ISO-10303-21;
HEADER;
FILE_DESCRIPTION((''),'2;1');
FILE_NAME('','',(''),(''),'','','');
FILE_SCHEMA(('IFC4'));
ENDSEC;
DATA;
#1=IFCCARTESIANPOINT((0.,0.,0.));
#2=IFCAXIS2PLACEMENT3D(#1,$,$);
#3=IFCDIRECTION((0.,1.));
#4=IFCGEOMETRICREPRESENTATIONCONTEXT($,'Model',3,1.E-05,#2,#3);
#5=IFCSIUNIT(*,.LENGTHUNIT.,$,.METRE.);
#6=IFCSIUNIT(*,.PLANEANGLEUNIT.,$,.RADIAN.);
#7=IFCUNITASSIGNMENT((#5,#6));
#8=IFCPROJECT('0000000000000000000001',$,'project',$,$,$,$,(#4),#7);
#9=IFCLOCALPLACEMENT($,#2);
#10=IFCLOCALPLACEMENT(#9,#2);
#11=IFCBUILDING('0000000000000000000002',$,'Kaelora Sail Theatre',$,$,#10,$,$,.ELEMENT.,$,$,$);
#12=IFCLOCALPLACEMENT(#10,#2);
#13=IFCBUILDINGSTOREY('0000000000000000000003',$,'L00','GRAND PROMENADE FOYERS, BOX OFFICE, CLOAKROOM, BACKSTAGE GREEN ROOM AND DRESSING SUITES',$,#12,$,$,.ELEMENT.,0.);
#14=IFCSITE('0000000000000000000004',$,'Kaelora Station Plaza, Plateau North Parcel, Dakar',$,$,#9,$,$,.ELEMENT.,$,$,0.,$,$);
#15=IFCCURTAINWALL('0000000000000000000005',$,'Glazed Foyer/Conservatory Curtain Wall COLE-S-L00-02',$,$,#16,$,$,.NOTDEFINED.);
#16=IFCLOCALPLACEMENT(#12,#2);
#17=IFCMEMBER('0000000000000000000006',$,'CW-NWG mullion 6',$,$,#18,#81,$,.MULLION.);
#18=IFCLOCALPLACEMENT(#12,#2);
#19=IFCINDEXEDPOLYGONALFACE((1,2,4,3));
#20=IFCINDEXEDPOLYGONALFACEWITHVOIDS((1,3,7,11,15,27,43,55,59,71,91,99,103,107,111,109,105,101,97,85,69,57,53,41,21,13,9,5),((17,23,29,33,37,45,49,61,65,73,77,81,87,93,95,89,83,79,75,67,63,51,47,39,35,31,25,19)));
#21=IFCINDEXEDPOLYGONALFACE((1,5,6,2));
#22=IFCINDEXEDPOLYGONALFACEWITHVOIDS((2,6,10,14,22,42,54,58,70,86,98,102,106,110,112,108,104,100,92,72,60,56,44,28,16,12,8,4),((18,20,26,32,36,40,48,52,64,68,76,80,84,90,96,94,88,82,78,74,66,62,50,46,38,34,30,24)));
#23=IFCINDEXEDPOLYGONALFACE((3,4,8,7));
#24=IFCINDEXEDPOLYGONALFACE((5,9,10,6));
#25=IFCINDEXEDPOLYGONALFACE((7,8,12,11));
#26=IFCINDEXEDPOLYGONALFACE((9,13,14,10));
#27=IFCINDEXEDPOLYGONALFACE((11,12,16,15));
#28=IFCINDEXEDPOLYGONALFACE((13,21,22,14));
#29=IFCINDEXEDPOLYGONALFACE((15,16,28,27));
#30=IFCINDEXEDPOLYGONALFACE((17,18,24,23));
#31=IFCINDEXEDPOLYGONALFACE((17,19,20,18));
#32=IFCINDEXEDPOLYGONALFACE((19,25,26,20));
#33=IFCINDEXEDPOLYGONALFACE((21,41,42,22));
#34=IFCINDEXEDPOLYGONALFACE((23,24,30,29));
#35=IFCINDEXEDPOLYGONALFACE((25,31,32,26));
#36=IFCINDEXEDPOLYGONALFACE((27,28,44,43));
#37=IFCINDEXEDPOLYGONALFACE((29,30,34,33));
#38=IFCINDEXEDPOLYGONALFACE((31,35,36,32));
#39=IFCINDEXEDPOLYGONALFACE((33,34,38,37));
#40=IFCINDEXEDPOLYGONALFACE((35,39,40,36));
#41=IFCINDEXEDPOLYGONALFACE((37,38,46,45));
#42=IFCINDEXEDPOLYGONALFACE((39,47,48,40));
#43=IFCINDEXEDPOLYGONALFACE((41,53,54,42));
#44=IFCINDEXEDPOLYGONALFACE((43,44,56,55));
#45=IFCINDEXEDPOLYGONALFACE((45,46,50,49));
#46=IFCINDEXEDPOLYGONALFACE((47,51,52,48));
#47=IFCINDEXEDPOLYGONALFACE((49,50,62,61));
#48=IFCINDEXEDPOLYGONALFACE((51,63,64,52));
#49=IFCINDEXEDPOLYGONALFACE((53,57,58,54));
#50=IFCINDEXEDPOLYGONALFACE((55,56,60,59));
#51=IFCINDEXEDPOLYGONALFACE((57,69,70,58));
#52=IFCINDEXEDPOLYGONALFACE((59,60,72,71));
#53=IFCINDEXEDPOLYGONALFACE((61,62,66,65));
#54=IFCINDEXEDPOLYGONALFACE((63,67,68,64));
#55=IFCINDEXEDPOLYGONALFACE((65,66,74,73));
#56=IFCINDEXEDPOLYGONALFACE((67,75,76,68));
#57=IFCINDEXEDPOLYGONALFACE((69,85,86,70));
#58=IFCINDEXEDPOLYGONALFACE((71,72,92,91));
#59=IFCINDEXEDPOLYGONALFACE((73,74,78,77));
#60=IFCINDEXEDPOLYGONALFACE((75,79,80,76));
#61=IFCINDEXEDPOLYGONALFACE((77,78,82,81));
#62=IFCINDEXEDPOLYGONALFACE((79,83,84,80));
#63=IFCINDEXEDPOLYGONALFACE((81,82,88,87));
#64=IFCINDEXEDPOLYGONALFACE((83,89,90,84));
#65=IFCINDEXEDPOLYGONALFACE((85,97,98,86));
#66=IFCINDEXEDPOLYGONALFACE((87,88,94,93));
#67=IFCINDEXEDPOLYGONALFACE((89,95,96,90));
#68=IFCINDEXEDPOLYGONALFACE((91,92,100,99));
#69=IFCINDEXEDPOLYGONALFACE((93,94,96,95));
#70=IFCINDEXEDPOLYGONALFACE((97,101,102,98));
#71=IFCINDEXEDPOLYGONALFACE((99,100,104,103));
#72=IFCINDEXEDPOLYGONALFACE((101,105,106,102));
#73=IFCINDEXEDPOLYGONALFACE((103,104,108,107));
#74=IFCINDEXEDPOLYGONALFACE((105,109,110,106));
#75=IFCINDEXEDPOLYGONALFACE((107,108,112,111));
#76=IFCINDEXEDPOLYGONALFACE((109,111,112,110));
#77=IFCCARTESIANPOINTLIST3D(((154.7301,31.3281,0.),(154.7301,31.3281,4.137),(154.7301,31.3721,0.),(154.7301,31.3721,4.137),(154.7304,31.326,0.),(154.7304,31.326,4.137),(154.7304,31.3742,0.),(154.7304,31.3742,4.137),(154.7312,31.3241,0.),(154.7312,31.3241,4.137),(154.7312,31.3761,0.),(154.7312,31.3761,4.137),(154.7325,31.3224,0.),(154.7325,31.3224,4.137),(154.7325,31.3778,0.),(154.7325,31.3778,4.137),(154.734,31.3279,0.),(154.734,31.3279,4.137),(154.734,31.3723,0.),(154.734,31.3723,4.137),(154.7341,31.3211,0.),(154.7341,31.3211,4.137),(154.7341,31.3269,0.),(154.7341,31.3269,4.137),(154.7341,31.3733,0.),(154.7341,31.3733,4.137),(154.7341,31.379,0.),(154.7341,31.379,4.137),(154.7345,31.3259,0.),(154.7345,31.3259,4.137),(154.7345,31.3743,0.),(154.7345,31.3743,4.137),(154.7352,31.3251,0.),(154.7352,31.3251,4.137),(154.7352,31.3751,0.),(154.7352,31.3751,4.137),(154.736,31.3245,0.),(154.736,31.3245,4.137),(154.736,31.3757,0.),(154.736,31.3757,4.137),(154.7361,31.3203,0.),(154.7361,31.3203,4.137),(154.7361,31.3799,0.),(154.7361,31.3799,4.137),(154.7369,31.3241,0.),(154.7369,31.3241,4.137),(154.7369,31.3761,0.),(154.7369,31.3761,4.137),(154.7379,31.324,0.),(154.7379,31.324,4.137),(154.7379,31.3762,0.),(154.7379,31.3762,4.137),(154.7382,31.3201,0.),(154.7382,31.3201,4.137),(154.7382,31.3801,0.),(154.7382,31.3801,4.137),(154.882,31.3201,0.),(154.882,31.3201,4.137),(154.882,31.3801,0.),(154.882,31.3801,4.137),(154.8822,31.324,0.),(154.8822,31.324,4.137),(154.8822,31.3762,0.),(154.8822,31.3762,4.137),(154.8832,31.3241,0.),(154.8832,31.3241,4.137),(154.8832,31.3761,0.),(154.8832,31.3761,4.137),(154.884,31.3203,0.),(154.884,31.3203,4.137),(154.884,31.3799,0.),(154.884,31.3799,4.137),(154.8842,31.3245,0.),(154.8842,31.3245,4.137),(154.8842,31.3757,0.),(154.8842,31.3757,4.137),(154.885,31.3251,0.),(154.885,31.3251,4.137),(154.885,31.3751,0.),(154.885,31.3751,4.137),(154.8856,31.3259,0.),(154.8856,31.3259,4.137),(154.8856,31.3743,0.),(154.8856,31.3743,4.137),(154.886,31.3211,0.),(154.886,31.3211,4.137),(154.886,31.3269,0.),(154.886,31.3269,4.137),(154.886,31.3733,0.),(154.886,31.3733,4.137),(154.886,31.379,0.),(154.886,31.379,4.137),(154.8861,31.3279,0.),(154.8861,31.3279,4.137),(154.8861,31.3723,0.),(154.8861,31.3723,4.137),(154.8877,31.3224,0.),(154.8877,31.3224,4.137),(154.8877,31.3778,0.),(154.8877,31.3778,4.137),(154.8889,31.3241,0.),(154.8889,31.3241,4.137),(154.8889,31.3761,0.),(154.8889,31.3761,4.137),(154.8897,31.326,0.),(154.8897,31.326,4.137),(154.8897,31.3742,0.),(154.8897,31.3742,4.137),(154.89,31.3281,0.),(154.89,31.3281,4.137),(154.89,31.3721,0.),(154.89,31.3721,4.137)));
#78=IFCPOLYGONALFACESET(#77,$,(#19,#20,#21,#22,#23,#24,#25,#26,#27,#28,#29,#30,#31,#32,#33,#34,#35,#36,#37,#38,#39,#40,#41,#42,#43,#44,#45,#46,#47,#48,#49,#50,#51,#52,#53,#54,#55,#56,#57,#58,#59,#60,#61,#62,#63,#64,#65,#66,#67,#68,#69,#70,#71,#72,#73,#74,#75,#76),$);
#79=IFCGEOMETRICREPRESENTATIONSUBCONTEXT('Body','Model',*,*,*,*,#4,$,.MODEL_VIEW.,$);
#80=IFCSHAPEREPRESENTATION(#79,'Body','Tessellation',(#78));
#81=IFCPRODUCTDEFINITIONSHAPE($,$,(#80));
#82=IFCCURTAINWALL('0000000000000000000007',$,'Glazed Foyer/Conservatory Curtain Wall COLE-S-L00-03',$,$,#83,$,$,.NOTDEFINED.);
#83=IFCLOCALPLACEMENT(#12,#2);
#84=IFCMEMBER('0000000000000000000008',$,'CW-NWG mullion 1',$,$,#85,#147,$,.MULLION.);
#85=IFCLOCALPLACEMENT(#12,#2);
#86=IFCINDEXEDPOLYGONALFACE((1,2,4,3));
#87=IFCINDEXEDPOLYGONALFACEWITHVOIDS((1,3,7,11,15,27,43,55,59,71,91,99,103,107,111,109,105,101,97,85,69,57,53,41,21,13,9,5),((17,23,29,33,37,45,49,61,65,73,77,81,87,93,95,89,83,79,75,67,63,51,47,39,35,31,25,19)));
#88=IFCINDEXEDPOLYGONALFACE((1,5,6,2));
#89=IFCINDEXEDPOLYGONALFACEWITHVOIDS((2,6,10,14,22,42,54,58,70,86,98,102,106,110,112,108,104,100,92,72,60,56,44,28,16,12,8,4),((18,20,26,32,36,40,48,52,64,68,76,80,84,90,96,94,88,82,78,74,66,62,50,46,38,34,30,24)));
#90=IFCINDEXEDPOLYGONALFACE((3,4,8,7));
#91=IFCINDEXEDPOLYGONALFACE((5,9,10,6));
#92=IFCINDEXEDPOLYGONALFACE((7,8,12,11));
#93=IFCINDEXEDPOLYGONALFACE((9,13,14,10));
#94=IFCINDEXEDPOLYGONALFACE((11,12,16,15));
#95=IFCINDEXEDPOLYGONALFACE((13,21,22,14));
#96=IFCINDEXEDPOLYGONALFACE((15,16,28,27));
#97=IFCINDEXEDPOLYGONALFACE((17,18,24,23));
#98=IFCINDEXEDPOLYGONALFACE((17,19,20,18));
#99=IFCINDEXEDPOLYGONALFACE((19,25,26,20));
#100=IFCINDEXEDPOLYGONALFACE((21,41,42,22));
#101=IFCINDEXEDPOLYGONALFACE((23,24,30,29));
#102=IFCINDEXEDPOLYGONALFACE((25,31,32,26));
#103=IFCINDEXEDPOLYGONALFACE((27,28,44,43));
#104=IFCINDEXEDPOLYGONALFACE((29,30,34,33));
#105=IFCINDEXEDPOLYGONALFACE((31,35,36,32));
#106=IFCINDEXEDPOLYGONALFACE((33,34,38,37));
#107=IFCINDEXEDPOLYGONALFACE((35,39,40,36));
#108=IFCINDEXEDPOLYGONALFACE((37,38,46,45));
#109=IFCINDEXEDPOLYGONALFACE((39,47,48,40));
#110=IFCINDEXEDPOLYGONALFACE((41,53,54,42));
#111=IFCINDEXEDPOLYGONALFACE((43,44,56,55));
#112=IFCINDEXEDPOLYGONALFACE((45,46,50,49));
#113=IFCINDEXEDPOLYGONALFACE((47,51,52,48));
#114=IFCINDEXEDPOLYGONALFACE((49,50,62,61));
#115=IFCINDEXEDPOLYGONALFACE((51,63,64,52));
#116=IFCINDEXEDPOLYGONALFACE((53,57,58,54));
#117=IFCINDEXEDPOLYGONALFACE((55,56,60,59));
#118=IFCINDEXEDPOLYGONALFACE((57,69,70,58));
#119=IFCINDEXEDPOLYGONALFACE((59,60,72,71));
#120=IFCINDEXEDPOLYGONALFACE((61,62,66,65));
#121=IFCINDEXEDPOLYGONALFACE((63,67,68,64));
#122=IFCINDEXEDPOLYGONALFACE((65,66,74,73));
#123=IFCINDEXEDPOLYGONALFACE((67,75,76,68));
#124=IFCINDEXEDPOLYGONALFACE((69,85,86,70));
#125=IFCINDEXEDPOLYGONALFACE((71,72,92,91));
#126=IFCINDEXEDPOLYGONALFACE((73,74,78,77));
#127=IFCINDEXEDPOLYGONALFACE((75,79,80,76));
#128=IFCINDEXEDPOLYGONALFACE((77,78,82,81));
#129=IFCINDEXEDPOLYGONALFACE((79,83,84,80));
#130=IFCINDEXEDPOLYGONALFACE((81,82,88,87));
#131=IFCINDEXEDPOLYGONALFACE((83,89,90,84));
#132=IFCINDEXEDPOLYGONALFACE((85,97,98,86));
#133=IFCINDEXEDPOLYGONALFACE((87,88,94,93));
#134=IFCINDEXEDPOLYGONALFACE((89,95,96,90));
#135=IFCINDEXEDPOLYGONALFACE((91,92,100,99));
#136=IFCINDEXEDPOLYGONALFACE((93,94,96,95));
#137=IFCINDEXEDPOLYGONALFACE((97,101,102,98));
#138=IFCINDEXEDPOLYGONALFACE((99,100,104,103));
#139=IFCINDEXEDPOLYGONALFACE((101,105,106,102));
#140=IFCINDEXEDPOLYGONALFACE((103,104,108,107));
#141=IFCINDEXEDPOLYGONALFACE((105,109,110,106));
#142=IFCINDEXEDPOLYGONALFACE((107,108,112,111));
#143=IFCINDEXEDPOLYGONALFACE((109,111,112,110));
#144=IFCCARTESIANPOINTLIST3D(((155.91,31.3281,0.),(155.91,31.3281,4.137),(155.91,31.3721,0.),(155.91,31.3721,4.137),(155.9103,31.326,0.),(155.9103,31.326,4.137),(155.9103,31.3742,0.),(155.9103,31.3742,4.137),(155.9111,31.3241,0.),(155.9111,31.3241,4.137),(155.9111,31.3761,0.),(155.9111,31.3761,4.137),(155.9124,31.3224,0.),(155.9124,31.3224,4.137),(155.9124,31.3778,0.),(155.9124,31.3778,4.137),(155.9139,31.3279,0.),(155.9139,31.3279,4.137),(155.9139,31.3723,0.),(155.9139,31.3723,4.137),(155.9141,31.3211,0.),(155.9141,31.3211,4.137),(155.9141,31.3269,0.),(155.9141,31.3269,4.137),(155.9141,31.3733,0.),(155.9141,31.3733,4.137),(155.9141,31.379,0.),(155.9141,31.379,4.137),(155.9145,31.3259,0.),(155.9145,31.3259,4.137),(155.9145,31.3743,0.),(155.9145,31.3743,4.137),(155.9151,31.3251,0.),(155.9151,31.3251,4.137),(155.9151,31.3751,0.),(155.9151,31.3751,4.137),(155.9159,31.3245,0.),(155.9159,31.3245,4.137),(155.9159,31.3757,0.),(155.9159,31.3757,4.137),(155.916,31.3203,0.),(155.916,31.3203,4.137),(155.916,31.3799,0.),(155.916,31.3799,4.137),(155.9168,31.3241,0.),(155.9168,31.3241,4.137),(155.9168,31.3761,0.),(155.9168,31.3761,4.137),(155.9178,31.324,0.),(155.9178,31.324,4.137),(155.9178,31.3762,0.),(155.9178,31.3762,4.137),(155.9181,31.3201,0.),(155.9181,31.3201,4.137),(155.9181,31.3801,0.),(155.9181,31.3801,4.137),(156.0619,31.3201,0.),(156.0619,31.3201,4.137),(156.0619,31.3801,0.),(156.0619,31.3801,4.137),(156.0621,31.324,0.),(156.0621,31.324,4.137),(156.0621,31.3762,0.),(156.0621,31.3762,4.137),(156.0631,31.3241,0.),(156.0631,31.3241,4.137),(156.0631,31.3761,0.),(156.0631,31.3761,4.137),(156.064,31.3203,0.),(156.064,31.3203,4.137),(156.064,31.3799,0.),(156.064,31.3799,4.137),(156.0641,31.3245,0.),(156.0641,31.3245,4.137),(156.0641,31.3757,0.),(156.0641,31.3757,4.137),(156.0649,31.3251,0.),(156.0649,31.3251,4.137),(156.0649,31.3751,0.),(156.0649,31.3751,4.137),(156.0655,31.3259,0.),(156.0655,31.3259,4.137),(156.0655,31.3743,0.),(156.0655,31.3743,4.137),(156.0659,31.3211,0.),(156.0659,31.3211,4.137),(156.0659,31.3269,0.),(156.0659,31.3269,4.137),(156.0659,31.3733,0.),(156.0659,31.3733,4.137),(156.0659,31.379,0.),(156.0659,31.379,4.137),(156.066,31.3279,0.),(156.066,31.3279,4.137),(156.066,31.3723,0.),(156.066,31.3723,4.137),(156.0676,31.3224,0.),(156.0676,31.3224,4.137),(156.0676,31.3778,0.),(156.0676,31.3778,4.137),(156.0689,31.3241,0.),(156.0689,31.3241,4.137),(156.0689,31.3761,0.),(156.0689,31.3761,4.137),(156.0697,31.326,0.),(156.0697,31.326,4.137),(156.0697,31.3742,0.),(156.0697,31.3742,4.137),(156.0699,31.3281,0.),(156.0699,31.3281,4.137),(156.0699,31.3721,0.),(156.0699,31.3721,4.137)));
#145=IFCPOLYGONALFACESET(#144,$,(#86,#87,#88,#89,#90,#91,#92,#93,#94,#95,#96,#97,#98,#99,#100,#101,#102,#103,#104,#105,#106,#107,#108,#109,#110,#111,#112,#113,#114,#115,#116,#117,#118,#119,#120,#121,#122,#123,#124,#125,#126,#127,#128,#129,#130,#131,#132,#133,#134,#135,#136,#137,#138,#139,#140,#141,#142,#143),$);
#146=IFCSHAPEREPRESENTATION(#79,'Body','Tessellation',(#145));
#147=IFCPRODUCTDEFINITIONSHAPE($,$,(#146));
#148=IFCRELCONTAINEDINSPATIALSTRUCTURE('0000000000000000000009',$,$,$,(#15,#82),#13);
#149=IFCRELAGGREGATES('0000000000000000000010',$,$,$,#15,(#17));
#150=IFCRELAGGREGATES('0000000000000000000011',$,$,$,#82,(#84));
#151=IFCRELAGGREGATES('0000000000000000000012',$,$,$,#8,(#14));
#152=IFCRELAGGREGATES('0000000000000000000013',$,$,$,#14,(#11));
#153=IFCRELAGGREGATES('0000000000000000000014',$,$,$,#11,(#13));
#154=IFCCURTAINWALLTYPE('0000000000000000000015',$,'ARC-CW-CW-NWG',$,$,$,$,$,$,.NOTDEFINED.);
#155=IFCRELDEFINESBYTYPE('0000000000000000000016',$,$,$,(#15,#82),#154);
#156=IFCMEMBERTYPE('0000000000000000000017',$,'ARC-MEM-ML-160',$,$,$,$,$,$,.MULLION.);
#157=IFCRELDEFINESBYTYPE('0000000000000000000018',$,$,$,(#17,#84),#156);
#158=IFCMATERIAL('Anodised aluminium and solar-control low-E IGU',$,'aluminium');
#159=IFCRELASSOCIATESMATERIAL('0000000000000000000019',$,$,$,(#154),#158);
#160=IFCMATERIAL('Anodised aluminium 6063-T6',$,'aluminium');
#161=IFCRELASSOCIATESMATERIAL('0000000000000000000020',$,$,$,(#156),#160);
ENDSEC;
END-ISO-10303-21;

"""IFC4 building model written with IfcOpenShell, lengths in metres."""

from ifc_helpers import new_model, si_unit, direction, frame, origin, origin_2d, place, context, subcontext, project, spatial, hollow_rectangle, extrude, material, material_profile, profile_set, type_object, element, aggregate, save


model = new_model("IFC4")

# Units and contexts
model_context = context("Model", 3, precision=1e-05, world=origin(), true_north=direction((0.0, 1.0)))
body_context = subcontext(model_context, "Body", "Model", "MODEL_VIEW")
ifc_project = project(units=[si_unit("LENGTHUNIT", "METRE"), si_unit("PLANEANGLEUNIT", "RADIAN")], contexts=[model_context])

# Site, building, storey
site_placement = place(None, origin())
site = spatial("IfcSite", under=ifc_project, at=site_placement, Name="Kaelora Station Plaza, Plateau North Parcel, Dakar", CompositionType="ELEMENT", RefElevation=0.0)
building_placement = place(site_placement, origin())
building = spatial("IfcBuilding", under=site, at=building_placement, Name="Kaelora Sail Theatre", CompositionType="ELEMENT")
storey_placement = place(building_placement, origin())
storey = spatial("IfcBuildingStorey", under=building, at=storey_placement, Name="L00", Description="GRAND PROMENADE FOYERS, BOX OFFICE, CLOAKROOM, BACKSTAGE GREEN ROOM AND DRESSING SUITES", CompositionType="ELEMENT", Elevation=0.0)

# Curtain wall, member
ifc_material_1 = material(Name="Anodised aluminium and solar-control low-E IGU", Category="aluminium")
curtain_wall_type = type_object("IfcCurtainWallType", Name="ARC-CW-CW-NWG", PredefinedType="NOTDEFINED", material=ifc_material_1)
curtain_wall_1_placement = place(storey_placement, origin())
curtain_wall_1 = element("IfcCurtainWall", 1, at=curtain_wall_1_placement, inside=storey, type_object=curtain_wall_type, Name="Glazed Foyer/Conservatory Curtain Wall COLE-S-L00-02", PredefinedType="NOTDEFINED")
ifc_material_2 = material(Name="Anodised aluminium 6063-T6", Category="aluminium")
ifc_material_profile_1 = material_profile(ifc_material_2, hollow_rectangle(XDim=0.0601, YDim=0.1599, WallThickness=0.0039, InnerFilletRadius=0.0039, OuterFilletRadius=0.0081, at=origin_2d()), Name="ALU-MULL 60x160x4")
ifc_profile_set_1 = profile_set([ifc_material_profile_1], Name="Anodised aluminium 6063-T6")
member_type_1 = type_object("IfcMemberType", Name="ARC-MEM-ML-160", PredefinedType="MULLION", material=ifc_profile_set_1)
member_1_placement = place(storey_placement, frame((154.8101, 31.3501, 0.0), z_axis=(0.0, 0.0, 1.0), x_axis=(0.0, 1.0, 0.0)))
member_1 = element("IfcMember", 2, at=member_1_placement, type_object=member_type_1, Name="CW-NWG mullion 6", PredefinedType="MULLION", context=body_context, shape_type="SweptSolid", body=[
    extrude(hollow_rectangle(XDim=0.0601, YDim=0.1599, WallThickness=0.0039, InnerFilletRadius=0.0039, OuterFilletRadius=0.0081, at=origin_2d()), origin(), (0.0, 0.0, 1.0), 4.137),
])
aggregate(curtain_wall_1, [member_1])

# Curtain wall, member
curtain_wall_2_placement = place(storey_placement, origin())
curtain_wall_2 = element("IfcCurtainWall", 3, at=curtain_wall_2_placement, inside=storey, type_object=curtain_wall_type, Name="Glazed Foyer/Conservatory Curtain Wall COLE-S-L00-03", PredefinedType="NOTDEFINED")
member_2_placement = place(storey_placement, frame((155.99, 31.3501, 0.0), z_axis=(0.0, 0.0, 1.0), x_axis=(0.0, 1.0, 0.0)))
member_2 = element("IfcMember", 4, at=member_2_placement, type_object=member_type_1, Name="CW-NWG mullion 1", PredefinedType="MULLION", context=body_context, shape_type="SweptSolid", body=[
    extrude(hollow_rectangle(XDim=0.0601, YDim=0.1599, WallThickness=0.0039, InnerFilletRadius=0.0039, OuterFilletRadius=0.0081, at=origin_2d()), origin(), (0.0, 0.0, 1.0), 4.137),
])

aggregate(curtain_wall_2, [member_2])

save(model, "model.ifc")
